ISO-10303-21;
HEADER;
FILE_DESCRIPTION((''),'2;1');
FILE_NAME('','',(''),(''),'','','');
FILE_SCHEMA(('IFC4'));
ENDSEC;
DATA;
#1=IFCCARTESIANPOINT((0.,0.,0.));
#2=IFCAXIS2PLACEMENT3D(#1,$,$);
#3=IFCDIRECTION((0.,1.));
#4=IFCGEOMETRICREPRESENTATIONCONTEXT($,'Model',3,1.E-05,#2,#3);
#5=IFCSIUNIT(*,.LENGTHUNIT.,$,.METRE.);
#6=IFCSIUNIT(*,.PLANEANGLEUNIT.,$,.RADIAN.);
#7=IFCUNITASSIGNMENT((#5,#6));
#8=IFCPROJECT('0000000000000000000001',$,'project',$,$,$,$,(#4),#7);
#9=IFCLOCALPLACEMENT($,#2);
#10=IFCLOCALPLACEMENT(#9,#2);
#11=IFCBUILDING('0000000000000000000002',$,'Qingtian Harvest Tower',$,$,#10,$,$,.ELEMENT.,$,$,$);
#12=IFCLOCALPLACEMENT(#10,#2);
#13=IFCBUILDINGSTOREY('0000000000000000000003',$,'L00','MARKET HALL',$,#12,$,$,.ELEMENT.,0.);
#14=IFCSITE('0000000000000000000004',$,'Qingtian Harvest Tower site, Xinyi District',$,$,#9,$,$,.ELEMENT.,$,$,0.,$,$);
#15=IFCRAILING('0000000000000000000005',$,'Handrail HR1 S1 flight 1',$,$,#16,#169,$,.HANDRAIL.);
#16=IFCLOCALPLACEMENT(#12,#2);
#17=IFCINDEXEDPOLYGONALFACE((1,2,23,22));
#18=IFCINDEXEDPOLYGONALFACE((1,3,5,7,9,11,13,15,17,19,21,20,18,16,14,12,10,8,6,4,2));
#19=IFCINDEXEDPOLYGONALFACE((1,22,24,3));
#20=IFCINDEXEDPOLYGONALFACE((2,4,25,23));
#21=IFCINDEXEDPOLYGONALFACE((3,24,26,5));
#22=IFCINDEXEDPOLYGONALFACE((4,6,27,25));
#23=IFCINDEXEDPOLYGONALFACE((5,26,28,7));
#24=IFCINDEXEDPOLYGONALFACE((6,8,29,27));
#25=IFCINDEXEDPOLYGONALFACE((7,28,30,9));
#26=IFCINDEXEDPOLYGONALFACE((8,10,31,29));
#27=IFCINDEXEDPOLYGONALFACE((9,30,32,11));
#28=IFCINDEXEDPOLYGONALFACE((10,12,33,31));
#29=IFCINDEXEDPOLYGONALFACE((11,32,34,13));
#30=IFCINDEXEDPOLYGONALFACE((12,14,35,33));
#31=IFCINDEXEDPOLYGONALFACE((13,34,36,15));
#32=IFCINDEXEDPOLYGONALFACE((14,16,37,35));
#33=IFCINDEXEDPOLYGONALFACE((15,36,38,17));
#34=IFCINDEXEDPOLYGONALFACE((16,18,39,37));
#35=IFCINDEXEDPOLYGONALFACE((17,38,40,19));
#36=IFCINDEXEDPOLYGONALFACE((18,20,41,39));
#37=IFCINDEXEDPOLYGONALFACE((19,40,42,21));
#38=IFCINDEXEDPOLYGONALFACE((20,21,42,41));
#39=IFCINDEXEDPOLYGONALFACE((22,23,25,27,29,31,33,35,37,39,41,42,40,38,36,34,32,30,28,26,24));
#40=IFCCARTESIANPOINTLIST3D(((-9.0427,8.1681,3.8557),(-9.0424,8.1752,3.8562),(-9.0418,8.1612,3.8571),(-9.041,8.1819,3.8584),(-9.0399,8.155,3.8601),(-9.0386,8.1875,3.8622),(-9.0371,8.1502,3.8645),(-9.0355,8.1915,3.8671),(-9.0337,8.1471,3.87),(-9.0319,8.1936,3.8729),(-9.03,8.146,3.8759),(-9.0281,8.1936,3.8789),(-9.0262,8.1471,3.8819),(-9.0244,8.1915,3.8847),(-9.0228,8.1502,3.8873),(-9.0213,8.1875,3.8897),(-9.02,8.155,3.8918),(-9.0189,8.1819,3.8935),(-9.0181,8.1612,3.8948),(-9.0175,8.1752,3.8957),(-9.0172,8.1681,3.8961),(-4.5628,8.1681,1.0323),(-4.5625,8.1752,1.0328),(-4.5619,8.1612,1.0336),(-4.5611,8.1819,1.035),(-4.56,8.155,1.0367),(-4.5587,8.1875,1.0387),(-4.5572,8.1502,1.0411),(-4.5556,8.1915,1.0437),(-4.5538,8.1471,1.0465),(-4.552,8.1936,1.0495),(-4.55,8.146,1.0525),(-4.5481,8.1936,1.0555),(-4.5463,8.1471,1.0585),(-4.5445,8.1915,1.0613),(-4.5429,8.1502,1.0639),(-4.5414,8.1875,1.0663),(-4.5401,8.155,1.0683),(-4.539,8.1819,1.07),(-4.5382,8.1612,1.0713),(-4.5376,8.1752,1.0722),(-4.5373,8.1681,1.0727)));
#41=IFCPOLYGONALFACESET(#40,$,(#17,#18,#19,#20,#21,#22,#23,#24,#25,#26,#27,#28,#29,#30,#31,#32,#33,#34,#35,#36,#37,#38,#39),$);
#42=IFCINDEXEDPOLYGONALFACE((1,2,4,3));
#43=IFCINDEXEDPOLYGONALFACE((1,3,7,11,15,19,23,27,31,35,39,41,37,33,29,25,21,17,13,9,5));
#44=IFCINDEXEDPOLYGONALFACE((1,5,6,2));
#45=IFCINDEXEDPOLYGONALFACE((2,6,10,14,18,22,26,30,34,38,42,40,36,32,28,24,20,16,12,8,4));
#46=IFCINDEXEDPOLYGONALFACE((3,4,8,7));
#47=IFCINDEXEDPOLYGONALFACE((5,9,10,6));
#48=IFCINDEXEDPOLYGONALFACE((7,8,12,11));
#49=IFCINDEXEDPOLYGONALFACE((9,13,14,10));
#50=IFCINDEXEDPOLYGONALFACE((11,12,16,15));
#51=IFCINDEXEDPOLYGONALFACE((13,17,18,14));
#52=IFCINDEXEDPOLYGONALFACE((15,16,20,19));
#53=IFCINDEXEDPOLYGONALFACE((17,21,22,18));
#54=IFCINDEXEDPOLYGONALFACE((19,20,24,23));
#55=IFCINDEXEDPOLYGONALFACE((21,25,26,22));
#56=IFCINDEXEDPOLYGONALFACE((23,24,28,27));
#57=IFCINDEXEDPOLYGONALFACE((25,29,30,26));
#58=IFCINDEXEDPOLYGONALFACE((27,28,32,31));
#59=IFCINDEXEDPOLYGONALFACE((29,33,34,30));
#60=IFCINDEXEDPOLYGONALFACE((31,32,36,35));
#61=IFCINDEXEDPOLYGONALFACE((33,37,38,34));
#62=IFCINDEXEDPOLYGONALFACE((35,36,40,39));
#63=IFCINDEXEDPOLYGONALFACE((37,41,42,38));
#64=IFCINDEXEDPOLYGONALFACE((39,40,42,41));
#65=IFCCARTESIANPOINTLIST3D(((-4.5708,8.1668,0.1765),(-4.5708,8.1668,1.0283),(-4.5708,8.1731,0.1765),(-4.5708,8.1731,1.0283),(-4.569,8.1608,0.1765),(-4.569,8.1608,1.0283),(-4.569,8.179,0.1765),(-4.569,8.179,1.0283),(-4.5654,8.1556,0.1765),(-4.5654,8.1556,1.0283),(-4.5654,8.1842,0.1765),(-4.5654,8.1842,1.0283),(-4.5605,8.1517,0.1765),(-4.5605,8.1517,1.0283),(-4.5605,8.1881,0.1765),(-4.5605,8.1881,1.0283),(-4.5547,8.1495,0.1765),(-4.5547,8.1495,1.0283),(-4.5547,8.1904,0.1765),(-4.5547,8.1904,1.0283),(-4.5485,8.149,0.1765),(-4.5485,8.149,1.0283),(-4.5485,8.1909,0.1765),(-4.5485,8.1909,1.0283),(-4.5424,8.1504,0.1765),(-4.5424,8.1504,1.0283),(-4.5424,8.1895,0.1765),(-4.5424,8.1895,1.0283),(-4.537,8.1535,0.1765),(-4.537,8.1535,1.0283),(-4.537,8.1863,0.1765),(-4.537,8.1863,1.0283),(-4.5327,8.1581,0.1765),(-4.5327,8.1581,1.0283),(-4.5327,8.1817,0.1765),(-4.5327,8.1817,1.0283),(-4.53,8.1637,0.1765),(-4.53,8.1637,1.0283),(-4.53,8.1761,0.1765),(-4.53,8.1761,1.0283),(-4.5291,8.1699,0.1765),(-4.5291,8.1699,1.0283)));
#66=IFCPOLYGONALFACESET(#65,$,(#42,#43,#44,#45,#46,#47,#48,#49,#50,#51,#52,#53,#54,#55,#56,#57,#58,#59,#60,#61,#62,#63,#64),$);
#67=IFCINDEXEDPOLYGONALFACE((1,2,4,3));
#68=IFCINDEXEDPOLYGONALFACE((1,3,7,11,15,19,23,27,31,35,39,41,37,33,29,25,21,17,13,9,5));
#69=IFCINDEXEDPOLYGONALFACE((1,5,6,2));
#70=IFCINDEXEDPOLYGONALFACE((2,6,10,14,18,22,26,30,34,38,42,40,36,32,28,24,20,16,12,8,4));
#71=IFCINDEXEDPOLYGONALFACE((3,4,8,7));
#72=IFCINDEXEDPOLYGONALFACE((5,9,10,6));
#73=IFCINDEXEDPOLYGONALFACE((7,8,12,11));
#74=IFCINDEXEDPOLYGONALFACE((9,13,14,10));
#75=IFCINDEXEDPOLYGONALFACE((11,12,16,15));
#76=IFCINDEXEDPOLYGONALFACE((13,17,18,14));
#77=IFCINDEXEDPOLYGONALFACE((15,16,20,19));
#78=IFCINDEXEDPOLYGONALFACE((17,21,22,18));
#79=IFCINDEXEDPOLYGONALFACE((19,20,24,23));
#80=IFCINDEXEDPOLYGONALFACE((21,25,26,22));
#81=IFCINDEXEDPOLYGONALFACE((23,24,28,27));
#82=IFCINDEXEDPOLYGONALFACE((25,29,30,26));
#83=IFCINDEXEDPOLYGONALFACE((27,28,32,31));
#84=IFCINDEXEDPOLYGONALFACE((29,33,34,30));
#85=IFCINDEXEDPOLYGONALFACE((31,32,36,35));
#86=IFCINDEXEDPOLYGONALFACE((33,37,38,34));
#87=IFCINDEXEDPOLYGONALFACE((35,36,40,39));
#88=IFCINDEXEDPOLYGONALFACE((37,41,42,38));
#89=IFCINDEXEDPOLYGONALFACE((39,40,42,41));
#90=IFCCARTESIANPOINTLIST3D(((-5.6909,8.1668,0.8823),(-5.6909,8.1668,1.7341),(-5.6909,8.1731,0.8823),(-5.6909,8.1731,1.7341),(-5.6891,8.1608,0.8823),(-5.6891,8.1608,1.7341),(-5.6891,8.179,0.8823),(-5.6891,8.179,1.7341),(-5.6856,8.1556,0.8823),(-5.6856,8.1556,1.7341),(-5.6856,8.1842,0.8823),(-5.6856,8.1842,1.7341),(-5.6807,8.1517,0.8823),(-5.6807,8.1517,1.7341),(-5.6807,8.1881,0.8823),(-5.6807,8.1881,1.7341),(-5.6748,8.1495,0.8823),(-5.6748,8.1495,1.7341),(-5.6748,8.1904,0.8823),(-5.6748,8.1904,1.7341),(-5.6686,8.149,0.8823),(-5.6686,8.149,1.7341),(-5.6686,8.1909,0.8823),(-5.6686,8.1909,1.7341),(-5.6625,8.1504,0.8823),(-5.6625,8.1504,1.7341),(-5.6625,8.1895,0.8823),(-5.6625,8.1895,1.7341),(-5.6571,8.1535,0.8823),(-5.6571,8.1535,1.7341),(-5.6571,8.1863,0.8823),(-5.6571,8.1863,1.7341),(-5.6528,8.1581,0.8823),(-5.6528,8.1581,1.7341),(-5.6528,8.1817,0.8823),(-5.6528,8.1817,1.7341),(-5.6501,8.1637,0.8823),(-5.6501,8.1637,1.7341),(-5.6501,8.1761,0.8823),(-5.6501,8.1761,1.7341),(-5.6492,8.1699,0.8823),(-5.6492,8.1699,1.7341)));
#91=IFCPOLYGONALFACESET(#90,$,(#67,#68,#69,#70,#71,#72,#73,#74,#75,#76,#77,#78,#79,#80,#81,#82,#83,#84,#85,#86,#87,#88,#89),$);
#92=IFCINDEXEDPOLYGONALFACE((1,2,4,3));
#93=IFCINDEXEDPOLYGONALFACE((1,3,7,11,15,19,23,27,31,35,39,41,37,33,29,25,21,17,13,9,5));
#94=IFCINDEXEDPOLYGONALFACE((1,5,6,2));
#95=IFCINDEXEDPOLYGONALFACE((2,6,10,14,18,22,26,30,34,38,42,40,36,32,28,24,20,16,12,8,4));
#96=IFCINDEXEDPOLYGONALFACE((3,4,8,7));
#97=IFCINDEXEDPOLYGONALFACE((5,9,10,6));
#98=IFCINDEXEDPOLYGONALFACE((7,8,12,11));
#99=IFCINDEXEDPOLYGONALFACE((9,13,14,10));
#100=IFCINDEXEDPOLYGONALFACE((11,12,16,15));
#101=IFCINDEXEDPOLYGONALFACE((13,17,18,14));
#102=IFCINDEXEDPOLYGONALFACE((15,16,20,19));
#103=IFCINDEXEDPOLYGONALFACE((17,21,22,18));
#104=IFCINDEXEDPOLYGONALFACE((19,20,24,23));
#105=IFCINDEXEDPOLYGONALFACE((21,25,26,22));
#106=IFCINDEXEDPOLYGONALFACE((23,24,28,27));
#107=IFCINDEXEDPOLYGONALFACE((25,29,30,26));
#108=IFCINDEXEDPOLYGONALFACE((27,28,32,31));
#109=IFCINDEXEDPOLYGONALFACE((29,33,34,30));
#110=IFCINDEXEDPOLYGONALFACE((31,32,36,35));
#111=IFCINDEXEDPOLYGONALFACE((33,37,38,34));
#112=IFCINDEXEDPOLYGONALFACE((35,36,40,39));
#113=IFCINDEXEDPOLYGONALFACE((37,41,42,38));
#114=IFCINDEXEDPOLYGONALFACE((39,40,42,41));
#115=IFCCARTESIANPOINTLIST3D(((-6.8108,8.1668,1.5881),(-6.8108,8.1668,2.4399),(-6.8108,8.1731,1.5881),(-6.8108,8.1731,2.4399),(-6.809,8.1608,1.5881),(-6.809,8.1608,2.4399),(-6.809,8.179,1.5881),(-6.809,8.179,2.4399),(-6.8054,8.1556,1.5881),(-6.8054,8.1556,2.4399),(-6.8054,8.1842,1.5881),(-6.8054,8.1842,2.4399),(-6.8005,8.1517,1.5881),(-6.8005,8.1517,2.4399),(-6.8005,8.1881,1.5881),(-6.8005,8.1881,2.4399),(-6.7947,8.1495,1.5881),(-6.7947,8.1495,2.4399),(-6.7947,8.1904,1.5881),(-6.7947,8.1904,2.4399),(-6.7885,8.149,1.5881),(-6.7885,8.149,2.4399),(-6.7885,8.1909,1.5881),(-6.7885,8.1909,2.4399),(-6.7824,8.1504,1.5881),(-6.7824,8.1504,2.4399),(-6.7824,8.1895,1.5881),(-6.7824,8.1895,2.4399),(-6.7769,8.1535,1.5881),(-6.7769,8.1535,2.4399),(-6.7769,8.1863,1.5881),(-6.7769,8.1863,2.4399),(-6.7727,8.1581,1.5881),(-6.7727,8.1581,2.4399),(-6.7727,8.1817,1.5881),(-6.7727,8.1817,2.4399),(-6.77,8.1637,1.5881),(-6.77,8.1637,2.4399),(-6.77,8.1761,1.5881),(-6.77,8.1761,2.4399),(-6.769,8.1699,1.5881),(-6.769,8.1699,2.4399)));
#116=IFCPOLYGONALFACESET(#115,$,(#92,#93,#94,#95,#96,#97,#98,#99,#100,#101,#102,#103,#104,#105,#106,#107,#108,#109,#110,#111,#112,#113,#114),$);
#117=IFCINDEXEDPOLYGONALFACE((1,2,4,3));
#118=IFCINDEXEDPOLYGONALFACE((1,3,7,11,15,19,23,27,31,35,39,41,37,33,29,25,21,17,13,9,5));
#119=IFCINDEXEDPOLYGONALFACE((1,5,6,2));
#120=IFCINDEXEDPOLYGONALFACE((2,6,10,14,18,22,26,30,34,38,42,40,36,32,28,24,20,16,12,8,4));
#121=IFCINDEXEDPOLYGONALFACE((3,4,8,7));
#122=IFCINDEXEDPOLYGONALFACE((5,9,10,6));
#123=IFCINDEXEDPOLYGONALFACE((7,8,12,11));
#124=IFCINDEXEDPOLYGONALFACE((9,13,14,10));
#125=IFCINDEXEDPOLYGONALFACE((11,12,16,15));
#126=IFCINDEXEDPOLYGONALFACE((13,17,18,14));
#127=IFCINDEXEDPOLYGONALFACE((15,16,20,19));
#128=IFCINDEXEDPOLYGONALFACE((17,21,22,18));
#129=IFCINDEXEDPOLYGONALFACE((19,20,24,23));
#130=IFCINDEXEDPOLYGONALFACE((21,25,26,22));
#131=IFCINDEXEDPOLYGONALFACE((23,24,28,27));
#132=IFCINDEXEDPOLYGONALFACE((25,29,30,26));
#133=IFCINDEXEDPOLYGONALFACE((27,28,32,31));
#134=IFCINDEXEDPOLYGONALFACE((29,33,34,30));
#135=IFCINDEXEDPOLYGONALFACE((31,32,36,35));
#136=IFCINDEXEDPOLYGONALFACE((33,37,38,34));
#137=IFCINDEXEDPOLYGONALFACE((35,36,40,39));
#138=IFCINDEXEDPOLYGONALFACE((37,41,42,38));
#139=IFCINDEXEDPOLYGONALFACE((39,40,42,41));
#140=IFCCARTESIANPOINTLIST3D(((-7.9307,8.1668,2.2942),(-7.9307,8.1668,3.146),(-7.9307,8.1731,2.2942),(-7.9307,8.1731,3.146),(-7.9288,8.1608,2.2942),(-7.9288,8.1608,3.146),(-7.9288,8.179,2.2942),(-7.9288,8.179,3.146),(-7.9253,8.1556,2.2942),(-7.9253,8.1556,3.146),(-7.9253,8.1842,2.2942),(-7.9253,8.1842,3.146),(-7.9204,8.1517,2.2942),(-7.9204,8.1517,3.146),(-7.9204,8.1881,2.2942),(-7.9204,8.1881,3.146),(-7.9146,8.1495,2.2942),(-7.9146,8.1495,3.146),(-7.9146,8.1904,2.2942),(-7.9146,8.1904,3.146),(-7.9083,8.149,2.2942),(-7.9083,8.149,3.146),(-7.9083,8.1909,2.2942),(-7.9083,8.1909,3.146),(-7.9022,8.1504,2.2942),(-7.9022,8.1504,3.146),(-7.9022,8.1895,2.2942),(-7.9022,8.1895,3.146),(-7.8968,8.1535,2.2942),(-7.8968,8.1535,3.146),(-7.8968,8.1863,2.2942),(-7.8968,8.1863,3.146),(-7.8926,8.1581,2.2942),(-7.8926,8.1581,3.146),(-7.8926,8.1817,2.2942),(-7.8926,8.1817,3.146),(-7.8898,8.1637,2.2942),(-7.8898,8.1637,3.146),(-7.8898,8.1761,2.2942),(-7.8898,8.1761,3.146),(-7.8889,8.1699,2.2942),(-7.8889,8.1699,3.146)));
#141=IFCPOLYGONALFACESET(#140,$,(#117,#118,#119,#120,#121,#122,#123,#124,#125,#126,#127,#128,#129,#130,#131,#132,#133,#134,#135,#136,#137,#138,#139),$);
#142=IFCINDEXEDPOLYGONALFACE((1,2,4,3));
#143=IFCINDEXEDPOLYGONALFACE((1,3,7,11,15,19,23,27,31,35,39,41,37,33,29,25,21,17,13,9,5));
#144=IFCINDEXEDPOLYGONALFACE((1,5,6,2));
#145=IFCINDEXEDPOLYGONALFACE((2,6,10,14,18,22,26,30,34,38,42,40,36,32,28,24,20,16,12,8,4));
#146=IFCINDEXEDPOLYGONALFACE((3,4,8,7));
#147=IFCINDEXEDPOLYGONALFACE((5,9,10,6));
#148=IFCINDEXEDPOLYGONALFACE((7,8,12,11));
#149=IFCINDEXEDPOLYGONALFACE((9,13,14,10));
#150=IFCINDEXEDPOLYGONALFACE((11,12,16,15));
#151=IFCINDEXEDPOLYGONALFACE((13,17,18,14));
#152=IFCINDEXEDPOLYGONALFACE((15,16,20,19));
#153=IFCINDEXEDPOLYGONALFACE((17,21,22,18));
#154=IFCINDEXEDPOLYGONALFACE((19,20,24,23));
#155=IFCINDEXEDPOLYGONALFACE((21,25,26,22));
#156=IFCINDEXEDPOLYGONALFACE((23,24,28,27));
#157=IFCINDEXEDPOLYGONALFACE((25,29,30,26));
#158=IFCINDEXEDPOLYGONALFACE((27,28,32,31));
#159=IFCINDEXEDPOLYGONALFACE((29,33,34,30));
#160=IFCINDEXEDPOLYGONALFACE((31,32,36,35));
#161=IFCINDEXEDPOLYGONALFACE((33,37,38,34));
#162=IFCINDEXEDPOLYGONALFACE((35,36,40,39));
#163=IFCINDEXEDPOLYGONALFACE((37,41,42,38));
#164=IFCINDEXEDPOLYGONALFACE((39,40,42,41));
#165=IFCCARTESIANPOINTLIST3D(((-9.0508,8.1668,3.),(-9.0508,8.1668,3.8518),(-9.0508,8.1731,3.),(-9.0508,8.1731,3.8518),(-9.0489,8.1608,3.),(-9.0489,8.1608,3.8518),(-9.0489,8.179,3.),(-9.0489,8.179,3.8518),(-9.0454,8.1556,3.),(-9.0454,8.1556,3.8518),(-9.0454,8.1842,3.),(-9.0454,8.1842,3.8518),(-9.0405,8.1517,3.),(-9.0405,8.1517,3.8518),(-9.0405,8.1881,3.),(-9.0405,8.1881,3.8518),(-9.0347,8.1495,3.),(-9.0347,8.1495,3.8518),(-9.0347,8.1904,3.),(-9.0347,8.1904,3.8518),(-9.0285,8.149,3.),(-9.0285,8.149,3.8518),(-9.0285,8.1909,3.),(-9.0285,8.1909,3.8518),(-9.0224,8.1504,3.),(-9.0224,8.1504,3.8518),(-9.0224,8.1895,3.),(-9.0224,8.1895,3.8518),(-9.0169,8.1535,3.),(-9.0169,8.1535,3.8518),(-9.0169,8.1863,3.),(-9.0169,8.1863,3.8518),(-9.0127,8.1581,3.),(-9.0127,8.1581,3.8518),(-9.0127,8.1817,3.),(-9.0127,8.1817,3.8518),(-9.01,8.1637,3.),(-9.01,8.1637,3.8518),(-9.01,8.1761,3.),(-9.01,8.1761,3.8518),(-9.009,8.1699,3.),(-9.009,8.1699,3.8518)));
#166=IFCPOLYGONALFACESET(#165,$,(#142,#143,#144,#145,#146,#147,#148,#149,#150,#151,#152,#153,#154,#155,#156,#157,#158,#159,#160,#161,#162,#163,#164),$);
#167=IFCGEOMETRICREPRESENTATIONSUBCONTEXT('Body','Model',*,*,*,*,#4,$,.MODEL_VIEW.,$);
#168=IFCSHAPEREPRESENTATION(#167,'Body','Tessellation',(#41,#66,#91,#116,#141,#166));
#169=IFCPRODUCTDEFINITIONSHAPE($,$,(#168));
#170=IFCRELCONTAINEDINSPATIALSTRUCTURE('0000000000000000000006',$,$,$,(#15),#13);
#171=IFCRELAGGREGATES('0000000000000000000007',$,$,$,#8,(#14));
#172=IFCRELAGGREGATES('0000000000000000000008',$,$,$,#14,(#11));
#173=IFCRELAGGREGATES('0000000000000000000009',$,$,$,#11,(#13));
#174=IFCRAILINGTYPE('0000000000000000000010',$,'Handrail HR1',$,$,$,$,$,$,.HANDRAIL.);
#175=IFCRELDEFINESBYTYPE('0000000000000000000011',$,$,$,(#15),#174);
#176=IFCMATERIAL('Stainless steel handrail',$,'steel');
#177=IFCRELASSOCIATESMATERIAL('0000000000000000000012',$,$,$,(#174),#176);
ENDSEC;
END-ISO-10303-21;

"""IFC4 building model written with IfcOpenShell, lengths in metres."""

from ifc_helpers import new_model, si_unit, direction, frame, origin, origin_2d, place, context, subcontext, project, spatial, circle, extrude, material, type_object, element, save


model = new_model("IFC4")

# Units and contexts
model_context = context("Model", 3, precision=1e-05, world=origin(), true_north=direction((0.0, 1.0)))
body_context = subcontext(model_context, "Body", "Model", "MODEL_VIEW")
ifc_project = project(units=[si_unit("LENGTHUNIT", "METRE"), si_unit("PLANEANGLEUNIT", "RADIAN")], contexts=[model_context])

# Site, building, storey
site_placement = place(None, origin())
site = spatial("IfcSite", under=ifc_project, at=site_placement, Name="Qingtian Harvest Tower site, Xinyi District", CompositionType="ELEMENT", RefElevation=0.0)
building_placement = place(site_placement, origin())
building = spatial("IfcBuilding", under=site, at=building_placement, Name="Qingtian Harvest Tower", CompositionType="ELEMENT")
storey_placement = place(building_placement, origin())
storey = spatial("IfcBuildingStorey", under=building, at=storey_placement, Name="L00", Description="MARKET HALL", CompositionType="ELEMENT", Elevation=0.0)

# Railing
ifc_material_1 = material(Name="Stainless steel handrail", Category="steel")
railing_type_1 = type_object("IfcRailingType", Name="Handrail HR1", PredefinedType="HANDRAIL", material=ifc_material_1)
railing_1_placement = place(storey_placement, frame((-4.55, 8.1699, 0.1765)))
element("IfcRailing", 1, at=railing_1_placement, inside=storey, type_object=railing_type_1, Name="Handrail HR1 S1 flight 1", PredefinedType="HANDRAIL", context=body_context, shape_type="SweptSolid", body=[
    extrude(circle(Radius=0.0239, at=origin_2d()), frame((0.0, 0.0, 0.876), z_axis=(-0.845998, 0.0, 0.533186), x_axis=(0.0, -1.0, 0.0)), (0.0, 0.0, 1.0), 5.2954),
    extrude(circle(Radius=0.021, at=origin_2d()), origin(), (0.0, 0.0, 1.0), 0.8518),
    extrude(circle(Radius=0.021, at=origin_2d()), frame((-1.1201, 0.0, 0.7058)), (0.0, 0.0, 1.0), 0.8518),
    extrude(circle(Radius=0.021, at=origin_2d()), frame((-2.24, 0.0, 1.4116)), (0.0, 0.0, 1.0), 0.8518),
    extrude(circle(Radius=0.021, at=origin_2d()), frame((-3.3599, 0.0, 2.1177)), (0.0, 0.0, 1.0), 0.8518),
    extrude(circle(Radius=0.021, at=origin_2d()), frame((-4.48, 0.0, 2.8235)), (0.0, 0.0, 1.0), 0.8518),
])

save(model, "model.ifc")
